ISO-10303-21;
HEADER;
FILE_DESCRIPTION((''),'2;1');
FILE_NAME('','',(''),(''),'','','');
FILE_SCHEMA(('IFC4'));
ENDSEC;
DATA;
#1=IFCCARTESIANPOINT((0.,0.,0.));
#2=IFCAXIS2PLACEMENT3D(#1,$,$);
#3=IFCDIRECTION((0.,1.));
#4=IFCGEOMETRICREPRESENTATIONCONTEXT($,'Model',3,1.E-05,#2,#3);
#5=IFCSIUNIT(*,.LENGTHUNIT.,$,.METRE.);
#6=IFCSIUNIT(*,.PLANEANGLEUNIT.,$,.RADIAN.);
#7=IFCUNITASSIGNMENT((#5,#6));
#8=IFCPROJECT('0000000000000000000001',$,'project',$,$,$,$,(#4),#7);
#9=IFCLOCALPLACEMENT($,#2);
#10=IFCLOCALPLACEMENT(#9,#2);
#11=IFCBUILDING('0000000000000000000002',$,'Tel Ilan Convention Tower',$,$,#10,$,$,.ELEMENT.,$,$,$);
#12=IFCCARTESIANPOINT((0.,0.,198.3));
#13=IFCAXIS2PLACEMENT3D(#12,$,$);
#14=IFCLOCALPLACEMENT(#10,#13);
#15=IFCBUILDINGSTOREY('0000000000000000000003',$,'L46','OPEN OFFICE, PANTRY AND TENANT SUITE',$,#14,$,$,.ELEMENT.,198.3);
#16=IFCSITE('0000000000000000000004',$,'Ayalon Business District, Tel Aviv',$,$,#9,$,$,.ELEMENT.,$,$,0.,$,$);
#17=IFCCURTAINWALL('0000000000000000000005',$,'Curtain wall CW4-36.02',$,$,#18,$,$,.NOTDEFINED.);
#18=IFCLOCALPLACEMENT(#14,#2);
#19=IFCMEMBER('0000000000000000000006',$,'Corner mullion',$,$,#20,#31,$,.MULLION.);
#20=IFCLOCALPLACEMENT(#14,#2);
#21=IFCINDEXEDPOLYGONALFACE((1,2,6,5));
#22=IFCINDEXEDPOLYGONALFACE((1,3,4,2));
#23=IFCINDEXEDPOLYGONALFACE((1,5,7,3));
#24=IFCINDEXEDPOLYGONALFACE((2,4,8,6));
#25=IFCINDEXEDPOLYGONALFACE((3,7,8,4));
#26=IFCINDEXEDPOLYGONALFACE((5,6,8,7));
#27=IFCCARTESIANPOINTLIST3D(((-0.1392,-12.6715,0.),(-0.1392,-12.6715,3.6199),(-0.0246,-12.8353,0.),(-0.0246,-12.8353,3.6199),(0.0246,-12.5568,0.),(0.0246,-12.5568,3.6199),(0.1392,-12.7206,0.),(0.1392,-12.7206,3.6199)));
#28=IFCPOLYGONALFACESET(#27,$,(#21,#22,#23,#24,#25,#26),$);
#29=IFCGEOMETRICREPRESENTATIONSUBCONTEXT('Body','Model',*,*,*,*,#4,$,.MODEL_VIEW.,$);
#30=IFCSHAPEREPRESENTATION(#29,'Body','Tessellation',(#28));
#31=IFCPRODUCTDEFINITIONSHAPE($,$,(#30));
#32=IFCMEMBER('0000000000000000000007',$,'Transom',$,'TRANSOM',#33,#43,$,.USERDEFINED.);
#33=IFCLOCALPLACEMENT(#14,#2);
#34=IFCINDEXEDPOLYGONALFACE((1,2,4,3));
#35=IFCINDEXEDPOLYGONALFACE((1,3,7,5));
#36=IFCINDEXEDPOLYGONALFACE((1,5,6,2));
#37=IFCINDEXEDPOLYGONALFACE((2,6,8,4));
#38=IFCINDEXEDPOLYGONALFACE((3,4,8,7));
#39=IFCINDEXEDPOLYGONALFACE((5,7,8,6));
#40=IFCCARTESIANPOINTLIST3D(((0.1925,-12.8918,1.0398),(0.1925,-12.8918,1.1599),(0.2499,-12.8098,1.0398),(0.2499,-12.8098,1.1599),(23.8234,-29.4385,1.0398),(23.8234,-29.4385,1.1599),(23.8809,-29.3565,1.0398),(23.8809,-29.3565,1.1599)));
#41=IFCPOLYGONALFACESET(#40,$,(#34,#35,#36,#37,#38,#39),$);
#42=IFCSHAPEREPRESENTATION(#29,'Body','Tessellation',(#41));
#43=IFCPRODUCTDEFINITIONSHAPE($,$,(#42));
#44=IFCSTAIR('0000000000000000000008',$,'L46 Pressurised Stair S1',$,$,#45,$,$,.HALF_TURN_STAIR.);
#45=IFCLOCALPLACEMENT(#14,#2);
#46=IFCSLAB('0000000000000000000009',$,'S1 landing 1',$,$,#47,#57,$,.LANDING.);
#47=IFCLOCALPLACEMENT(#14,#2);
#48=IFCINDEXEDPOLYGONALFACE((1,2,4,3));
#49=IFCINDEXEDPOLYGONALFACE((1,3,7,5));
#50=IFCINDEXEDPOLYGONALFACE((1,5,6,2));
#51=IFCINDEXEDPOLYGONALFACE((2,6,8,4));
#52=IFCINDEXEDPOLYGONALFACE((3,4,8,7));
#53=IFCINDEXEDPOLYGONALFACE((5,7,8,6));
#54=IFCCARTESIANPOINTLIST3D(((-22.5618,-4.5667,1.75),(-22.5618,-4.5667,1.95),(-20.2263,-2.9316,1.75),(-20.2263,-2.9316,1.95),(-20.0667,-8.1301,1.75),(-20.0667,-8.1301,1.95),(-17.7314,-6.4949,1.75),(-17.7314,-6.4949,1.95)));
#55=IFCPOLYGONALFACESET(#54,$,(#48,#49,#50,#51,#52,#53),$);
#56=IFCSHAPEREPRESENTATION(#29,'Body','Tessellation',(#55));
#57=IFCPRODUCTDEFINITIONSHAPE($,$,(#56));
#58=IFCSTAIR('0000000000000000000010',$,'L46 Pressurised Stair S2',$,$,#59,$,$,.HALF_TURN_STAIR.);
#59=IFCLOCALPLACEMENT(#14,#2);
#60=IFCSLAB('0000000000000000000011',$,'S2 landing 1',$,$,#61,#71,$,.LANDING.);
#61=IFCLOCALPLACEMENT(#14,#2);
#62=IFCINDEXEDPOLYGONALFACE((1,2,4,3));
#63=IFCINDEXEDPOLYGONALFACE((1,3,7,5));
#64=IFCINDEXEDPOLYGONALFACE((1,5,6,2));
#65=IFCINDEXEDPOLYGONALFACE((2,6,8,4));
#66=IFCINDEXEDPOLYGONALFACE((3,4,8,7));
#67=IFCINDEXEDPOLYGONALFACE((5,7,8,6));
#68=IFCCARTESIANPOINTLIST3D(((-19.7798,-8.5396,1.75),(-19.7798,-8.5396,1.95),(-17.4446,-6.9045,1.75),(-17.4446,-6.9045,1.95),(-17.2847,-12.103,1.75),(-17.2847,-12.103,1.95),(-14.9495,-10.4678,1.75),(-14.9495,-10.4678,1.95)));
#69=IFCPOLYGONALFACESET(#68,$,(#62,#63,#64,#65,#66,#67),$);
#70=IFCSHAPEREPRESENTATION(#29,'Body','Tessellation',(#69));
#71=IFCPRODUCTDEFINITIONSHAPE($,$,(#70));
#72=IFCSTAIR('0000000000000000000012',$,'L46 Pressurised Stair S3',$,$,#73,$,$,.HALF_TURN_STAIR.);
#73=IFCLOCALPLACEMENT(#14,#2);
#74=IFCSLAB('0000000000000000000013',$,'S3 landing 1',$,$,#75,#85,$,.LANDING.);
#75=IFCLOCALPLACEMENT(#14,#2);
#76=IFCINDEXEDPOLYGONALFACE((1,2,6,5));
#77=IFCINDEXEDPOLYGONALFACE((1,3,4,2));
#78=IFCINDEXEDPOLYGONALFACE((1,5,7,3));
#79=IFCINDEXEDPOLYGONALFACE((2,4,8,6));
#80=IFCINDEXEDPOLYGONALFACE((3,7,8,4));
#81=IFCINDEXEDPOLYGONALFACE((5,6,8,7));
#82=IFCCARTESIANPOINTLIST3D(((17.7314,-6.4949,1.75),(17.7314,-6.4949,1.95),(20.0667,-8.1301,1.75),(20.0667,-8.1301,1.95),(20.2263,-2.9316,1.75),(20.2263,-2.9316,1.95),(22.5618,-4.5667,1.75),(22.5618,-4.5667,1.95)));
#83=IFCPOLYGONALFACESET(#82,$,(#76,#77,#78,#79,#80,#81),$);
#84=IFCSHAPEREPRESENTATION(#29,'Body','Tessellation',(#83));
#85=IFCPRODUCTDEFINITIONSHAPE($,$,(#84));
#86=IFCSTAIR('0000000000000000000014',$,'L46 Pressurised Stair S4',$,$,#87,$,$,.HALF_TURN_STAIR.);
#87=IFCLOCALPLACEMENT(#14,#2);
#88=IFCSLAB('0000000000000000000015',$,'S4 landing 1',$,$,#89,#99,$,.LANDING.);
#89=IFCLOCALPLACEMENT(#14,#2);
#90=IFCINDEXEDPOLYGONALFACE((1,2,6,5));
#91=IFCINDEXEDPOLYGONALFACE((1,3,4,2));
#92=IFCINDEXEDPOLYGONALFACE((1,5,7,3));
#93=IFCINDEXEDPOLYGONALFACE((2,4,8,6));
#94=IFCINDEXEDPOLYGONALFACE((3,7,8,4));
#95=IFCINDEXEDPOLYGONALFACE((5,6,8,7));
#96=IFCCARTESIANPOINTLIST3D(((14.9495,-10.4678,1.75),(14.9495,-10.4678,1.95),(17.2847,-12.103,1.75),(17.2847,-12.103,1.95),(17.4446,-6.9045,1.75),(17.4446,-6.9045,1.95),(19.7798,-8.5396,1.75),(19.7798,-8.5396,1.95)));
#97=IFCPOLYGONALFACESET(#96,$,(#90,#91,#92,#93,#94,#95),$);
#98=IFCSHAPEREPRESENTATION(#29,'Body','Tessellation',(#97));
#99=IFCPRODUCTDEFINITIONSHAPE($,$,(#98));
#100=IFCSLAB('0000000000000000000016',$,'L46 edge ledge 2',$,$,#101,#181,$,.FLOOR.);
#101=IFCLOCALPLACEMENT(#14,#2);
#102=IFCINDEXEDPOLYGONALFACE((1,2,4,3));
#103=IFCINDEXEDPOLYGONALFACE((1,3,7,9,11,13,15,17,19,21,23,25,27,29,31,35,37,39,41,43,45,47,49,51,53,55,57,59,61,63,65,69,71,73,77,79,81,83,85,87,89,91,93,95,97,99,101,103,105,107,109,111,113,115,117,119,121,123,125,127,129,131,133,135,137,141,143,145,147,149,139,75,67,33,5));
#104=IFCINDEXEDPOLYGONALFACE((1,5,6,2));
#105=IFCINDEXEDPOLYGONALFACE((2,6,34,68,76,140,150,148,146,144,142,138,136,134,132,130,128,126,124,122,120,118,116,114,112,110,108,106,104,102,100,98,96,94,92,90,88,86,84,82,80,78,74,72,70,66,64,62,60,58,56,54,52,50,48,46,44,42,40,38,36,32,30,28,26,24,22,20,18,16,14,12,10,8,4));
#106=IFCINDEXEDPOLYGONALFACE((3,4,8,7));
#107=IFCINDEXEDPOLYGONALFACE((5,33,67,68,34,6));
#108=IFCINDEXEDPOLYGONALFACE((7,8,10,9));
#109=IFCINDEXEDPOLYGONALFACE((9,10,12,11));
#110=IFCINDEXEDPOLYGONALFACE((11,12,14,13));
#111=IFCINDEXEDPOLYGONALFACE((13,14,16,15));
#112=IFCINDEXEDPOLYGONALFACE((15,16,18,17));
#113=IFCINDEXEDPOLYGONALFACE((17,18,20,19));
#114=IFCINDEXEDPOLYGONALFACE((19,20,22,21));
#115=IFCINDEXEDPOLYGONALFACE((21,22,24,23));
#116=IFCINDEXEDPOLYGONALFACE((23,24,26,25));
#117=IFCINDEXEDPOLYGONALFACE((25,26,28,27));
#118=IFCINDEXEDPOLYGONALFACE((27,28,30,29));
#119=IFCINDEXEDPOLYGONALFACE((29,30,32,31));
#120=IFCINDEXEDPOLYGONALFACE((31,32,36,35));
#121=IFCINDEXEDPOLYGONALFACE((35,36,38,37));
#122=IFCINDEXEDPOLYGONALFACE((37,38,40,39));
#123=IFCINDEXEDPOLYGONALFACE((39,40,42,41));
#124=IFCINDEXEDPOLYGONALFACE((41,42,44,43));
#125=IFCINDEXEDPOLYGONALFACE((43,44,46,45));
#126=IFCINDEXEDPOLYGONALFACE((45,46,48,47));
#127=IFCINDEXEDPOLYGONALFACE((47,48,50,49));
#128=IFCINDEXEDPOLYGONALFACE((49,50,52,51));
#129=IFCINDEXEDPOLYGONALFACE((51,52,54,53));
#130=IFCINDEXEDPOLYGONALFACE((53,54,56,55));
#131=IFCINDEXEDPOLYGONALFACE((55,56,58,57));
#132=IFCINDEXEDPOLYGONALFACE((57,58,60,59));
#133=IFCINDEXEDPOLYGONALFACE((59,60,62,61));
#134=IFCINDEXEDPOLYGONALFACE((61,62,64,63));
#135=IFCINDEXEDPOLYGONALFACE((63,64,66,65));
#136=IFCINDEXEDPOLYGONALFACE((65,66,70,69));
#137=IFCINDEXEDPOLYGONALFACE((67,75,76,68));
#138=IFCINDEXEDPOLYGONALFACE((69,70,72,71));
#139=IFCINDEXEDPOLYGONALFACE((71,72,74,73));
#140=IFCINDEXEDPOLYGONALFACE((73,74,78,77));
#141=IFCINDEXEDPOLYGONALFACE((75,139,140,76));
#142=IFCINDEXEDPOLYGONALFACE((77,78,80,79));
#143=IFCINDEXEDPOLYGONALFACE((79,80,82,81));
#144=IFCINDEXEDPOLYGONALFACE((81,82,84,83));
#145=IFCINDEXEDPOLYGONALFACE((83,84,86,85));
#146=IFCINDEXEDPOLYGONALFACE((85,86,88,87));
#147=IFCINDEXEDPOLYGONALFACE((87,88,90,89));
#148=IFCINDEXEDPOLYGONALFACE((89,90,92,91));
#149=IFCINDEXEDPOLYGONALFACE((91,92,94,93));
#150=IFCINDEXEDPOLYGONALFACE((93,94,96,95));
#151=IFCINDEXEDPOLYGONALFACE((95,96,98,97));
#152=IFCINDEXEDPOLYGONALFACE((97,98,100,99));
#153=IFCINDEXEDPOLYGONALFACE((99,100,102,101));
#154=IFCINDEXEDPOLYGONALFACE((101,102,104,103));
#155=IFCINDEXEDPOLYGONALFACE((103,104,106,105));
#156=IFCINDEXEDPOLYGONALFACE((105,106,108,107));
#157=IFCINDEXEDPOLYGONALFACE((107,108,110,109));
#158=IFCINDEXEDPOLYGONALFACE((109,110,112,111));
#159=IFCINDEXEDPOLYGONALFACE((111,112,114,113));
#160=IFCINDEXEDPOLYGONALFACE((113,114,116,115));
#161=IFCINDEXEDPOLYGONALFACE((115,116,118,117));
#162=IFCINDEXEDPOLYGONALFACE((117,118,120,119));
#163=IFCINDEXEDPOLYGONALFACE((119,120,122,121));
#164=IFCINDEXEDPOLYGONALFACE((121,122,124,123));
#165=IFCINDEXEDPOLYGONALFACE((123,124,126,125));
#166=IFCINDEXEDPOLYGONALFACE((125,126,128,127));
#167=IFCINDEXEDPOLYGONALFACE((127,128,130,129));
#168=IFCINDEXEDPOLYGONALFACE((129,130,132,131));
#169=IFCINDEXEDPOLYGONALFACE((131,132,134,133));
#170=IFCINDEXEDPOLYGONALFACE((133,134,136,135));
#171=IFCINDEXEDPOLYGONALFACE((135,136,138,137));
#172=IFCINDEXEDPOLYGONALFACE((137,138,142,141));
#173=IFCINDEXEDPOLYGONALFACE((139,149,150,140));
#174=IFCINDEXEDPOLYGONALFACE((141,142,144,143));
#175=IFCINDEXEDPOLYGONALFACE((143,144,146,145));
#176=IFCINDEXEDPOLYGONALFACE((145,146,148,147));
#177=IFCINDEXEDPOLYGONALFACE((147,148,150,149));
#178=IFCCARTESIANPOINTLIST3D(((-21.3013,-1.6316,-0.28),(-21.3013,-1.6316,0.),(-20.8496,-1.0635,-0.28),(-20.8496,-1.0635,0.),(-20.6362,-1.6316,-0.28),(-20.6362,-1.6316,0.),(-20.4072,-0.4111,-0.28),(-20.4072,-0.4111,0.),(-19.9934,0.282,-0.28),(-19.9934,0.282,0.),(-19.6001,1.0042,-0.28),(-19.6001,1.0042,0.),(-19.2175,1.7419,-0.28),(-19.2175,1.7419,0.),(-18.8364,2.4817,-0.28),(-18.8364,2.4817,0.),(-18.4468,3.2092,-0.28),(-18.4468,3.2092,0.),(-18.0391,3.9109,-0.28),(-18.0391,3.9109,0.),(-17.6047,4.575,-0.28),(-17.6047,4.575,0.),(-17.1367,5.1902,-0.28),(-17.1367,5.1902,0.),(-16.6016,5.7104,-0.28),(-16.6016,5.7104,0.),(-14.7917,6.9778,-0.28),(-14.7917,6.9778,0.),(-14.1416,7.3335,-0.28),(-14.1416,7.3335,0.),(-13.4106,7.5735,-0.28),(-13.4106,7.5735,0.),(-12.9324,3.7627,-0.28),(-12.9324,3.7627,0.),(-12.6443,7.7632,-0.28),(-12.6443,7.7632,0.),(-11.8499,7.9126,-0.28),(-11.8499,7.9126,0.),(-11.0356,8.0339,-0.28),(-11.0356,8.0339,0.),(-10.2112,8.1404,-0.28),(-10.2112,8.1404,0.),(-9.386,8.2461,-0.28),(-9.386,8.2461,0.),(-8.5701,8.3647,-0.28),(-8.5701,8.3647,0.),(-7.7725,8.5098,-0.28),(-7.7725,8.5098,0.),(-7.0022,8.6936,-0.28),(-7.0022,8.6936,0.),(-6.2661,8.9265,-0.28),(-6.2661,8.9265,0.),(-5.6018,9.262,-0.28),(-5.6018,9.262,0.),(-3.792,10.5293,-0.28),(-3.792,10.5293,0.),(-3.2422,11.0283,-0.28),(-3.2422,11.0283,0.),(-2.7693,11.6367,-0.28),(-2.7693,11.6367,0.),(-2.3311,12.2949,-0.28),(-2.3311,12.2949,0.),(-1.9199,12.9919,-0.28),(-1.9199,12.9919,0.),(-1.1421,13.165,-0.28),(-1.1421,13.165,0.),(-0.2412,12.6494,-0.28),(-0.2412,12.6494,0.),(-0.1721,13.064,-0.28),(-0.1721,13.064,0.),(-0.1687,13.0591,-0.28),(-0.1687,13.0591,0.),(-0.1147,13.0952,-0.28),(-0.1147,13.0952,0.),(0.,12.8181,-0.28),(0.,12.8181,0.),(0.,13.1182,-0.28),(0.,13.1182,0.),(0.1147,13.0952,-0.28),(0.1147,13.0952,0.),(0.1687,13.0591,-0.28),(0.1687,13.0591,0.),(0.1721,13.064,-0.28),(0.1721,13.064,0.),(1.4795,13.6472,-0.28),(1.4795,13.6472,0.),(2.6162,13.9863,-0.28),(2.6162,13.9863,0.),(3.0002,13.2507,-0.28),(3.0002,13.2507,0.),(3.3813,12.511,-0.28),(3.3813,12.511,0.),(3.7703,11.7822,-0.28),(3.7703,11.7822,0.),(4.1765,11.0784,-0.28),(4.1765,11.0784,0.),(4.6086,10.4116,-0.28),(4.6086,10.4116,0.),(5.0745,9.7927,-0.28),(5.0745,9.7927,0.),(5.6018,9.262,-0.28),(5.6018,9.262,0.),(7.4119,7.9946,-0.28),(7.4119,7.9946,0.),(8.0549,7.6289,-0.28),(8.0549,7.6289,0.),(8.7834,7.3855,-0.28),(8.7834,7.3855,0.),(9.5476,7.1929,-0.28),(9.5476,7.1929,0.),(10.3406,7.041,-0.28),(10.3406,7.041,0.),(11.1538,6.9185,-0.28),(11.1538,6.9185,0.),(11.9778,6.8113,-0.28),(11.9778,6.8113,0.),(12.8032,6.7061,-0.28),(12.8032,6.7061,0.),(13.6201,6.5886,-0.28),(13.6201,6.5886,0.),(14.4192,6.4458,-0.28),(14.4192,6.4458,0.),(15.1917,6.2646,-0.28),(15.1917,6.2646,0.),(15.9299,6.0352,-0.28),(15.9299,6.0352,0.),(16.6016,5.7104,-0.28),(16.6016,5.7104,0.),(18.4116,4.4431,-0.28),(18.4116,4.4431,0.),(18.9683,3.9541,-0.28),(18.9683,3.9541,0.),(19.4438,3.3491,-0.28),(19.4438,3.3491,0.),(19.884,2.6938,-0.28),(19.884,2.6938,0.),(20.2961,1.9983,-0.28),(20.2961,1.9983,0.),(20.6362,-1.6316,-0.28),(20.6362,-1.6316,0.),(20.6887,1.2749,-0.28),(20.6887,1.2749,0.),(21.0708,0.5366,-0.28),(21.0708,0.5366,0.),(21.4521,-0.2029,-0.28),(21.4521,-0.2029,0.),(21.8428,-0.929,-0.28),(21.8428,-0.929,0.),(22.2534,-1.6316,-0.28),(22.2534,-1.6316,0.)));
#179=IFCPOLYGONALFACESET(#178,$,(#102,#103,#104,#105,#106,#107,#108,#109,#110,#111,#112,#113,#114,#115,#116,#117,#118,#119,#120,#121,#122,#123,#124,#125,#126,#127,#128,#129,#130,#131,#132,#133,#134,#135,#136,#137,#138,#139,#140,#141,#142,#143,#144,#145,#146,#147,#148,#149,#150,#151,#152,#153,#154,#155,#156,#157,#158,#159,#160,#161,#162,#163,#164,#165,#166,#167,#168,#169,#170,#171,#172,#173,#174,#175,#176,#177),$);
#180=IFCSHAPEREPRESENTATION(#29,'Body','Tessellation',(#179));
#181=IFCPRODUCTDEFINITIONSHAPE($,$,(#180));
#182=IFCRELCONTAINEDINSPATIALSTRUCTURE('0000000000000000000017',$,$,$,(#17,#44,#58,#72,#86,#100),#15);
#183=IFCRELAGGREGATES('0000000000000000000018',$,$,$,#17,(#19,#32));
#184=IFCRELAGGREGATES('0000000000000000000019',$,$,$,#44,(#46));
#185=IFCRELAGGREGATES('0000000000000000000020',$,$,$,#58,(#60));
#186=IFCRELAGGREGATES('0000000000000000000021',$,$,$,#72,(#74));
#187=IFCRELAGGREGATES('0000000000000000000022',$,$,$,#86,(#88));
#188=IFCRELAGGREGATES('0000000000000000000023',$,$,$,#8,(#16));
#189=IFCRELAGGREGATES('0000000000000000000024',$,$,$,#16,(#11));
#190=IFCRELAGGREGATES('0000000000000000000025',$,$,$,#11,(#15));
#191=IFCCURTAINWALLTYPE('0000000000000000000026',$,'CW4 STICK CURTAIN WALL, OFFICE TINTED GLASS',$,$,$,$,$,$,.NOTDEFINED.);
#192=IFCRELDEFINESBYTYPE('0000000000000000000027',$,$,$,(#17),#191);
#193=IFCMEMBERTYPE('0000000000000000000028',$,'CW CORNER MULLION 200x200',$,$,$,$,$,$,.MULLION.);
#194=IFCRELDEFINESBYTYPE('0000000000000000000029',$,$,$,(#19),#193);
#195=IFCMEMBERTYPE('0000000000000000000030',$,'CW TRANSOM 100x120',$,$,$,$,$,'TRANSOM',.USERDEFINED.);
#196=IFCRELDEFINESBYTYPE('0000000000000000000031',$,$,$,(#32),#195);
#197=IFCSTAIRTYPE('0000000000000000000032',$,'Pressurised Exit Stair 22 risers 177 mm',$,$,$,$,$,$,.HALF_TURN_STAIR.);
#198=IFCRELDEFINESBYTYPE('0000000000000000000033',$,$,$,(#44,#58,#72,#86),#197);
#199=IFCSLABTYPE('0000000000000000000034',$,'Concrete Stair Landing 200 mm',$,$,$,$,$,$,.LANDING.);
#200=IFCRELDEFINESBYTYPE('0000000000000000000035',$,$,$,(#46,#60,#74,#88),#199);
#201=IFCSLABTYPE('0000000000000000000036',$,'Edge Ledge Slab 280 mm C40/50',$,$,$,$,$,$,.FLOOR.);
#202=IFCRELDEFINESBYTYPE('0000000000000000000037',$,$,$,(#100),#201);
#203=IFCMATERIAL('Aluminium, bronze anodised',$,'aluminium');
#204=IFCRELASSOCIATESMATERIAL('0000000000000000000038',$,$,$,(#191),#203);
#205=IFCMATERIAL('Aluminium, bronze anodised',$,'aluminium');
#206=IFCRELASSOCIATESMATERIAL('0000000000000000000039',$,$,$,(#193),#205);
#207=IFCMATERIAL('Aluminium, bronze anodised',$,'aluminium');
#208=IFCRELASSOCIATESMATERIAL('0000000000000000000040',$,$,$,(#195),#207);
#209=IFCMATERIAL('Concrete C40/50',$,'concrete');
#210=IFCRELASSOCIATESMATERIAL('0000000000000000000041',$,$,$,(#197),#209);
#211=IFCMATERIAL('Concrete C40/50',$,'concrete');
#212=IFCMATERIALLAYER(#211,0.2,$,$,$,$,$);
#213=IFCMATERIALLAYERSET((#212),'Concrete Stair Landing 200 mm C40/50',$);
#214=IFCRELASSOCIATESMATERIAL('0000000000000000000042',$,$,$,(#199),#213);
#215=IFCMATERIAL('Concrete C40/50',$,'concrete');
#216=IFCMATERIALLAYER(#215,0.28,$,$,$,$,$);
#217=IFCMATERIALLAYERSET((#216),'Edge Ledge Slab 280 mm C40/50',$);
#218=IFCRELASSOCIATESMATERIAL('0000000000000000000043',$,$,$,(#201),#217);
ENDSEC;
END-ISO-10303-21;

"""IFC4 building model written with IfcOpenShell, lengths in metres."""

from ifc_helpers import new_model, si_unit, direction, frame, origin, origin_2d, place, context, subcontext, project, spatial, polyline, rectangle, outline, extrude, material, layer, layer_set, material_profile, profile_set, type_object, element, aggregate, save


model = new_model("IFC4")

# Units and contexts
model_context = context("Model", 3, precision=1e-05, world=origin(), true_north=direction((0.0, 1.0)))
body_context = subcontext(model_context, "Body", "Model", "MODEL_VIEW")
ifc_project = project(units=[si_unit("LENGTHUNIT", "METRE"), si_unit("PLANEANGLEUNIT", "RADIAN")], contexts=[model_context])

# Site, building, storey
site_placement = place(None, origin())
site = spatial("IfcSite", under=ifc_project, at=site_placement, Name="Ayalon Business District, Tel Aviv", CompositionType="ELEMENT", RefElevation=0.0)
building_placement = place(site_placement, origin())
building = spatial("IfcBuilding", under=site, at=building_placement, Name="Tel Ilan Convention Tower", CompositionType="ELEMENT")
storey_placement = place(building_placement, frame((0.0, 0.0, 198.3)))
storey = spatial("IfcBuildingStorey", under=building, at=storey_placement, Name="L46", Description="OPEN OFFICE, PANTRY AND TENANT SUITE", CompositionType="ELEMENT", Elevation=198.3)

# Curtain wall, members
ifc_material_1 = material(Name="Aluminium, bronze anodised", Category="aluminium")
curtain_wall_type = type_object("IfcCurtainWallType", Name="CW4 STICK CURTAIN WALL, OFFICE TINTED GLASS", PredefinedType="NOTDEFINED", material=ifc_material_1)
curtain_wall_placement = place(storey_placement, origin())
curtain_wall = element("IfcCurtainWall", 1, at=curtain_wall_placement, inside=storey, type_object=curtain_wall_type, Name="Curtain wall CW4-36.02", PredefinedType="NOTDEFINED")
ifc_material_2 = material(Name="Aluminium, bronze anodised", Category="aluminium")
ifc_material_profile_1 = material_profile(ifc_material_2, rectangle(XDim=0.2, YDim=0.2, at=origin_2d()), Name="CW CORNER MULLION 200x200")
ifc_profile_set_1 = profile_set([ifc_material_profile_1], Name="Aluminium, bronze anodised")
member_type_1 = type_object("IfcMemberType", Name="CW CORNER MULLION 200x200", PredefinedType="MULLION", material=ifc_profile_set_1)
member_1_placement = place(storey_placement, frame((0.0, -12.696, 0.0), z_axis=(0.0, 0.0, 1.0), x_axis=(0.819152, 0.573576, 0.0)))
member_1 = element("IfcMember", 2, at=member_1_placement, type_object=member_type_1, Name="Corner mullion", PredefinedType="MULLION", context=body_context, shape_type="SweptSolid", body=[
    extrude(rectangle(XDim=0.2, YDim=0.2, at=origin_2d()), origin(), (0.0, 0.0, 1.0), 3.6199),
])
ifc_material_3 = material(Name="Aluminium, bronze anodised", Category="aluminium")
ifc_material_profile_2 = material_profile(ifc_material_3, rectangle(XDim=0.1001, YDim=0.1201, at=origin_2d()), Name="CW TRANSOM 100x120")
ifc_profile_set_2 = profile_set([ifc_material_profile_2], Name="Aluminium, bronze anodised")
member_type_2 = type_object("IfcMemberType", Name="CW TRANSOM 100x120", ElementType="TRANSOM", PredefinedType="USERDEFINED", material=ifc_profile_set_2)
member_2_placement = place(storey_placement, frame((0.2212, -12.8508, 1.0999), z_axis=(0.81915, -0.573579, 0.0), x_axis=(0.573579, 0.81915, 0.0)))
member_2 = element("IfcMember", 3, at=member_2_placement, type_object=member_type_2, Name="Transom", ObjectType="TRANSOM", PredefinedType="USERDEFINED", context=body_context, shape_type="SweptSolid", body=[
    extrude(rectangle(XDim=0.1001, YDim=0.1201, at=origin_2d()), origin(), (0.0, 0.0, 1.0), 28.8481),
])
aggregate(curtain_wall, [member_1, member_2])

# Stairs, slabs
ifc_material_4 = material(Name="Concrete C40/50", Category="concrete")
stair_type = type_object("IfcStairType", Name="Pressurised Exit Stair 22 risers 177 mm", PredefinedType="HALF_TURN_STAIR", material=ifc_material_4)
stair_1_placement = place(storey_placement, origin())
stair_1 = element("IfcStair", 4, at=stair_1_placement, inside=storey, type_object=stair_type, Name="L46 Pressurised Stair S1", PredefinedType="HALF_TURN_STAIR")
ifc_material_5 = material(Name="Concrete C40/50", Category="concrete")
ifc_layer_1 = layer(ifc_material_5, 0.2)
ifc_layer_set_1 = layer_set([ifc_layer_1], Name="Concrete Stair Landing 200 mm C40/50")
slab_type_1 = type_object("IfcSlabType", Name="Concrete Stair Landing 200 mm", PredefinedType="LANDING", material=ifc_layer_set_1)
slab_1_placement = place(storey_placement, frame((0.0, 0.0, 1.75)))
slab_1 = element("IfcSlab", 5, at=slab_1_placement, type_object=slab_type_1, Name="S1 landing 1", PredefinedType="LANDING", context=body_context, shape_type="SweptSolid", body=[
    extrude(outline(polyline([(-20.0667, -8.1301), (-17.7314, -6.4949), (-20.2263, -2.9316), (-22.5618, -4.5667), (-20.0667, -8.1301)])), origin(), (0.0, 0.0, 1.0), 0.2),
])
aggregate(stair_1, [slab_1])
stair_2_placement = place(storey_placement, origin())
stair_2 = element("IfcStair", 6, at=stair_2_placement, inside=storey, type_object=stair_type, Name="L46 Pressurised Stair S2", PredefinedType="HALF_TURN_STAIR")
slab_2_placement = place(storey_placement, frame((0.0, 0.0, 1.75)))
slab_2 = element("IfcSlab", 7, at=slab_2_placement, type_object=slab_type_1, Name="S2 landing 1", PredefinedType="LANDING", context=body_context, shape_type="SweptSolid", body=[
    extrude(outline(polyline([(-17.2847, -12.103), (-14.9495, -10.4678), (-17.4446, -6.9045), (-19.7798, -8.5396), (-17.2847, -12.103)])), origin(), (0.0, 0.0, 1.0), 0.2),
])
aggregate(stair_2, [slab_2])
stair_3_placement = place(storey_placement, origin())
stair_3 = element("IfcStair", 8, at=stair_3_placement, inside=storey, type_object=stair_type, Name="L46 Pressurised Stair S3", PredefinedType="HALF_TURN_STAIR")
slab_3_placement = place(storey_placement, frame((0.0, 0.0, 1.75)))
slab_3 = element("IfcSlab", 9, at=slab_3_placement, type_object=slab_type_1, Name="S3 landing 1", PredefinedType="LANDING", context=body_context, shape_type="SweptSolid", body=[
    extrude(outline(polyline([(22.5618, -4.5667), (20.2263, -2.9316), (17.7314, -6.4949), (20.0667, -8.1301), (22.5618, -4.5667)])), origin(), (0.0, 0.0, 1.0), 0.2),
])
aggregate(stair_3, [slab_3])
stair_4_placement = place(storey_placement, origin())
stair_4 = element("IfcStair", 10, at=stair_4_placement, inside=storey, type_object=stair_type, Name="L46 Pressurised Stair S4", PredefinedType="HALF_TURN_STAIR")
slab_4_placement = place(storey_placement, frame((0.0, 0.0, 1.75)))
slab_4 = element("IfcSlab", 11, at=slab_4_placement, type_object=slab_type_1, Name="S4 landing 1", PredefinedType="LANDING", context=body_context, shape_type="SweptSolid", body=[
    extrude(outline(polyline([(19.7798, -8.5396), (17.4446, -6.9045), (14.9495, -10.4678), (17.2847, -12.103), (19.7798, -8.5396)])), origin(), (0.0, 0.0, 1.0), 0.2),
])
aggregate(stair_4, [slab_4])

# Slab
ifc_material_6 = material(Name="Concrete C40/50", Category="concrete")
ifc_layer_2 = layer(ifc_material_6, 0.28)
ifc_layer_set_2 = layer_set([ifc_layer_2], Name="Edge Ledge Slab 280 mm C40/50")
slab_type_2 = type_object("IfcSlabType", Name="Edge Ledge Slab 280 mm C40/50", PredefinedType="FLOOR", material=ifc_layer_set_2)
slab_5_placement = place(storey_placement, frame((0.0, 0.0, -0.28)))
element("IfcSlab", 12, at=slab_5_placement, inside=storey, type_object=slab_type_2, Name="L46 edge ledge 2", PredefinedType="FLOOR", context=body_context, shape_type="SweptSolid", body=[
    extrude(outline(polyline([(-19.6001, 1.0042), (-19.2175, 1.7419), (-18.8364, 2.4817), (-18.4468, 3.2092), (-18.0391, 3.9109), (-17.6047, 4.575), (-17.1367, 5.1902), (-16.6016, 5.7104), (-14.7917, 6.9778), (-14.1416, 7.3335), (-13.4106, 7.5735), (-12.6443, 7.7632), (-11.8499, 7.9126), (-11.0356, 8.0339), (-10.2112, 8.1404), (-9.386, 8.2461), (-8.5701, 8.3647), (-7.7725, 8.5098), (-7.0022, 8.6936), (-6.2661, 8.9265), (-5.6018, 9.262), (-3.792, 10.5293), (-3.2422, 11.0283), (-2.7693, 11.6367), (-2.3311, 12.2949), (-1.9199, 12.9919), (-1.1421, 13.165), (-0.1721, 13.064), (-0.1687, 13.0591), (-0.1147, 13.0952), (0.0, 13.1182), (0.1147, 13.0952), (0.1687, 13.0591), (0.1721, 13.064), (1.4795, 13.6472), (2.6162, 13.9863), (3.0002, 13.2507), (3.3813, 12.511), (3.7703, 11.7822), (4.1765, 11.0784), (4.6086, 10.4116), (5.0745, 9.7927), (5.6018, 9.262), (7.4119, 7.9946), (8.0549, 7.6289), (8.7834, 7.3855), (9.5476, 7.1929), (10.3406, 7.041), (11.1538, 6.9185), (11.9778, 6.8113), (12.8032, 6.7061), (13.6201, 6.5886), (14.4192, 6.4458), (15.1917, 6.2646), (15.9299, 6.0352), (16.6016, 5.7104), (18.4116, 4.4431), (18.9683, 3.9541), (19.4438, 3.3491), (19.884, 2.6938), (20.2961, 1.9983), (20.6887, 1.2749), (21.0708, 0.5366), (21.4521, -0.2029), (21.8428, -0.929), (22.2534, -1.6316), (20.6362, -1.6316), (0.0, 12.8181), (-0.2412, 12.6494), (-12.9324, 3.7627), (-20.6362, -1.6316), (-21.3013, -1.6316), (-20.8496, -1.0635), (-20.4072, -0.4111), (-19.9934, 0.282), (-19.6001, 1.0042)])), origin(), (0.0, 0.0, 1.0), 0.28),
])

save(model, "model.ifc")
